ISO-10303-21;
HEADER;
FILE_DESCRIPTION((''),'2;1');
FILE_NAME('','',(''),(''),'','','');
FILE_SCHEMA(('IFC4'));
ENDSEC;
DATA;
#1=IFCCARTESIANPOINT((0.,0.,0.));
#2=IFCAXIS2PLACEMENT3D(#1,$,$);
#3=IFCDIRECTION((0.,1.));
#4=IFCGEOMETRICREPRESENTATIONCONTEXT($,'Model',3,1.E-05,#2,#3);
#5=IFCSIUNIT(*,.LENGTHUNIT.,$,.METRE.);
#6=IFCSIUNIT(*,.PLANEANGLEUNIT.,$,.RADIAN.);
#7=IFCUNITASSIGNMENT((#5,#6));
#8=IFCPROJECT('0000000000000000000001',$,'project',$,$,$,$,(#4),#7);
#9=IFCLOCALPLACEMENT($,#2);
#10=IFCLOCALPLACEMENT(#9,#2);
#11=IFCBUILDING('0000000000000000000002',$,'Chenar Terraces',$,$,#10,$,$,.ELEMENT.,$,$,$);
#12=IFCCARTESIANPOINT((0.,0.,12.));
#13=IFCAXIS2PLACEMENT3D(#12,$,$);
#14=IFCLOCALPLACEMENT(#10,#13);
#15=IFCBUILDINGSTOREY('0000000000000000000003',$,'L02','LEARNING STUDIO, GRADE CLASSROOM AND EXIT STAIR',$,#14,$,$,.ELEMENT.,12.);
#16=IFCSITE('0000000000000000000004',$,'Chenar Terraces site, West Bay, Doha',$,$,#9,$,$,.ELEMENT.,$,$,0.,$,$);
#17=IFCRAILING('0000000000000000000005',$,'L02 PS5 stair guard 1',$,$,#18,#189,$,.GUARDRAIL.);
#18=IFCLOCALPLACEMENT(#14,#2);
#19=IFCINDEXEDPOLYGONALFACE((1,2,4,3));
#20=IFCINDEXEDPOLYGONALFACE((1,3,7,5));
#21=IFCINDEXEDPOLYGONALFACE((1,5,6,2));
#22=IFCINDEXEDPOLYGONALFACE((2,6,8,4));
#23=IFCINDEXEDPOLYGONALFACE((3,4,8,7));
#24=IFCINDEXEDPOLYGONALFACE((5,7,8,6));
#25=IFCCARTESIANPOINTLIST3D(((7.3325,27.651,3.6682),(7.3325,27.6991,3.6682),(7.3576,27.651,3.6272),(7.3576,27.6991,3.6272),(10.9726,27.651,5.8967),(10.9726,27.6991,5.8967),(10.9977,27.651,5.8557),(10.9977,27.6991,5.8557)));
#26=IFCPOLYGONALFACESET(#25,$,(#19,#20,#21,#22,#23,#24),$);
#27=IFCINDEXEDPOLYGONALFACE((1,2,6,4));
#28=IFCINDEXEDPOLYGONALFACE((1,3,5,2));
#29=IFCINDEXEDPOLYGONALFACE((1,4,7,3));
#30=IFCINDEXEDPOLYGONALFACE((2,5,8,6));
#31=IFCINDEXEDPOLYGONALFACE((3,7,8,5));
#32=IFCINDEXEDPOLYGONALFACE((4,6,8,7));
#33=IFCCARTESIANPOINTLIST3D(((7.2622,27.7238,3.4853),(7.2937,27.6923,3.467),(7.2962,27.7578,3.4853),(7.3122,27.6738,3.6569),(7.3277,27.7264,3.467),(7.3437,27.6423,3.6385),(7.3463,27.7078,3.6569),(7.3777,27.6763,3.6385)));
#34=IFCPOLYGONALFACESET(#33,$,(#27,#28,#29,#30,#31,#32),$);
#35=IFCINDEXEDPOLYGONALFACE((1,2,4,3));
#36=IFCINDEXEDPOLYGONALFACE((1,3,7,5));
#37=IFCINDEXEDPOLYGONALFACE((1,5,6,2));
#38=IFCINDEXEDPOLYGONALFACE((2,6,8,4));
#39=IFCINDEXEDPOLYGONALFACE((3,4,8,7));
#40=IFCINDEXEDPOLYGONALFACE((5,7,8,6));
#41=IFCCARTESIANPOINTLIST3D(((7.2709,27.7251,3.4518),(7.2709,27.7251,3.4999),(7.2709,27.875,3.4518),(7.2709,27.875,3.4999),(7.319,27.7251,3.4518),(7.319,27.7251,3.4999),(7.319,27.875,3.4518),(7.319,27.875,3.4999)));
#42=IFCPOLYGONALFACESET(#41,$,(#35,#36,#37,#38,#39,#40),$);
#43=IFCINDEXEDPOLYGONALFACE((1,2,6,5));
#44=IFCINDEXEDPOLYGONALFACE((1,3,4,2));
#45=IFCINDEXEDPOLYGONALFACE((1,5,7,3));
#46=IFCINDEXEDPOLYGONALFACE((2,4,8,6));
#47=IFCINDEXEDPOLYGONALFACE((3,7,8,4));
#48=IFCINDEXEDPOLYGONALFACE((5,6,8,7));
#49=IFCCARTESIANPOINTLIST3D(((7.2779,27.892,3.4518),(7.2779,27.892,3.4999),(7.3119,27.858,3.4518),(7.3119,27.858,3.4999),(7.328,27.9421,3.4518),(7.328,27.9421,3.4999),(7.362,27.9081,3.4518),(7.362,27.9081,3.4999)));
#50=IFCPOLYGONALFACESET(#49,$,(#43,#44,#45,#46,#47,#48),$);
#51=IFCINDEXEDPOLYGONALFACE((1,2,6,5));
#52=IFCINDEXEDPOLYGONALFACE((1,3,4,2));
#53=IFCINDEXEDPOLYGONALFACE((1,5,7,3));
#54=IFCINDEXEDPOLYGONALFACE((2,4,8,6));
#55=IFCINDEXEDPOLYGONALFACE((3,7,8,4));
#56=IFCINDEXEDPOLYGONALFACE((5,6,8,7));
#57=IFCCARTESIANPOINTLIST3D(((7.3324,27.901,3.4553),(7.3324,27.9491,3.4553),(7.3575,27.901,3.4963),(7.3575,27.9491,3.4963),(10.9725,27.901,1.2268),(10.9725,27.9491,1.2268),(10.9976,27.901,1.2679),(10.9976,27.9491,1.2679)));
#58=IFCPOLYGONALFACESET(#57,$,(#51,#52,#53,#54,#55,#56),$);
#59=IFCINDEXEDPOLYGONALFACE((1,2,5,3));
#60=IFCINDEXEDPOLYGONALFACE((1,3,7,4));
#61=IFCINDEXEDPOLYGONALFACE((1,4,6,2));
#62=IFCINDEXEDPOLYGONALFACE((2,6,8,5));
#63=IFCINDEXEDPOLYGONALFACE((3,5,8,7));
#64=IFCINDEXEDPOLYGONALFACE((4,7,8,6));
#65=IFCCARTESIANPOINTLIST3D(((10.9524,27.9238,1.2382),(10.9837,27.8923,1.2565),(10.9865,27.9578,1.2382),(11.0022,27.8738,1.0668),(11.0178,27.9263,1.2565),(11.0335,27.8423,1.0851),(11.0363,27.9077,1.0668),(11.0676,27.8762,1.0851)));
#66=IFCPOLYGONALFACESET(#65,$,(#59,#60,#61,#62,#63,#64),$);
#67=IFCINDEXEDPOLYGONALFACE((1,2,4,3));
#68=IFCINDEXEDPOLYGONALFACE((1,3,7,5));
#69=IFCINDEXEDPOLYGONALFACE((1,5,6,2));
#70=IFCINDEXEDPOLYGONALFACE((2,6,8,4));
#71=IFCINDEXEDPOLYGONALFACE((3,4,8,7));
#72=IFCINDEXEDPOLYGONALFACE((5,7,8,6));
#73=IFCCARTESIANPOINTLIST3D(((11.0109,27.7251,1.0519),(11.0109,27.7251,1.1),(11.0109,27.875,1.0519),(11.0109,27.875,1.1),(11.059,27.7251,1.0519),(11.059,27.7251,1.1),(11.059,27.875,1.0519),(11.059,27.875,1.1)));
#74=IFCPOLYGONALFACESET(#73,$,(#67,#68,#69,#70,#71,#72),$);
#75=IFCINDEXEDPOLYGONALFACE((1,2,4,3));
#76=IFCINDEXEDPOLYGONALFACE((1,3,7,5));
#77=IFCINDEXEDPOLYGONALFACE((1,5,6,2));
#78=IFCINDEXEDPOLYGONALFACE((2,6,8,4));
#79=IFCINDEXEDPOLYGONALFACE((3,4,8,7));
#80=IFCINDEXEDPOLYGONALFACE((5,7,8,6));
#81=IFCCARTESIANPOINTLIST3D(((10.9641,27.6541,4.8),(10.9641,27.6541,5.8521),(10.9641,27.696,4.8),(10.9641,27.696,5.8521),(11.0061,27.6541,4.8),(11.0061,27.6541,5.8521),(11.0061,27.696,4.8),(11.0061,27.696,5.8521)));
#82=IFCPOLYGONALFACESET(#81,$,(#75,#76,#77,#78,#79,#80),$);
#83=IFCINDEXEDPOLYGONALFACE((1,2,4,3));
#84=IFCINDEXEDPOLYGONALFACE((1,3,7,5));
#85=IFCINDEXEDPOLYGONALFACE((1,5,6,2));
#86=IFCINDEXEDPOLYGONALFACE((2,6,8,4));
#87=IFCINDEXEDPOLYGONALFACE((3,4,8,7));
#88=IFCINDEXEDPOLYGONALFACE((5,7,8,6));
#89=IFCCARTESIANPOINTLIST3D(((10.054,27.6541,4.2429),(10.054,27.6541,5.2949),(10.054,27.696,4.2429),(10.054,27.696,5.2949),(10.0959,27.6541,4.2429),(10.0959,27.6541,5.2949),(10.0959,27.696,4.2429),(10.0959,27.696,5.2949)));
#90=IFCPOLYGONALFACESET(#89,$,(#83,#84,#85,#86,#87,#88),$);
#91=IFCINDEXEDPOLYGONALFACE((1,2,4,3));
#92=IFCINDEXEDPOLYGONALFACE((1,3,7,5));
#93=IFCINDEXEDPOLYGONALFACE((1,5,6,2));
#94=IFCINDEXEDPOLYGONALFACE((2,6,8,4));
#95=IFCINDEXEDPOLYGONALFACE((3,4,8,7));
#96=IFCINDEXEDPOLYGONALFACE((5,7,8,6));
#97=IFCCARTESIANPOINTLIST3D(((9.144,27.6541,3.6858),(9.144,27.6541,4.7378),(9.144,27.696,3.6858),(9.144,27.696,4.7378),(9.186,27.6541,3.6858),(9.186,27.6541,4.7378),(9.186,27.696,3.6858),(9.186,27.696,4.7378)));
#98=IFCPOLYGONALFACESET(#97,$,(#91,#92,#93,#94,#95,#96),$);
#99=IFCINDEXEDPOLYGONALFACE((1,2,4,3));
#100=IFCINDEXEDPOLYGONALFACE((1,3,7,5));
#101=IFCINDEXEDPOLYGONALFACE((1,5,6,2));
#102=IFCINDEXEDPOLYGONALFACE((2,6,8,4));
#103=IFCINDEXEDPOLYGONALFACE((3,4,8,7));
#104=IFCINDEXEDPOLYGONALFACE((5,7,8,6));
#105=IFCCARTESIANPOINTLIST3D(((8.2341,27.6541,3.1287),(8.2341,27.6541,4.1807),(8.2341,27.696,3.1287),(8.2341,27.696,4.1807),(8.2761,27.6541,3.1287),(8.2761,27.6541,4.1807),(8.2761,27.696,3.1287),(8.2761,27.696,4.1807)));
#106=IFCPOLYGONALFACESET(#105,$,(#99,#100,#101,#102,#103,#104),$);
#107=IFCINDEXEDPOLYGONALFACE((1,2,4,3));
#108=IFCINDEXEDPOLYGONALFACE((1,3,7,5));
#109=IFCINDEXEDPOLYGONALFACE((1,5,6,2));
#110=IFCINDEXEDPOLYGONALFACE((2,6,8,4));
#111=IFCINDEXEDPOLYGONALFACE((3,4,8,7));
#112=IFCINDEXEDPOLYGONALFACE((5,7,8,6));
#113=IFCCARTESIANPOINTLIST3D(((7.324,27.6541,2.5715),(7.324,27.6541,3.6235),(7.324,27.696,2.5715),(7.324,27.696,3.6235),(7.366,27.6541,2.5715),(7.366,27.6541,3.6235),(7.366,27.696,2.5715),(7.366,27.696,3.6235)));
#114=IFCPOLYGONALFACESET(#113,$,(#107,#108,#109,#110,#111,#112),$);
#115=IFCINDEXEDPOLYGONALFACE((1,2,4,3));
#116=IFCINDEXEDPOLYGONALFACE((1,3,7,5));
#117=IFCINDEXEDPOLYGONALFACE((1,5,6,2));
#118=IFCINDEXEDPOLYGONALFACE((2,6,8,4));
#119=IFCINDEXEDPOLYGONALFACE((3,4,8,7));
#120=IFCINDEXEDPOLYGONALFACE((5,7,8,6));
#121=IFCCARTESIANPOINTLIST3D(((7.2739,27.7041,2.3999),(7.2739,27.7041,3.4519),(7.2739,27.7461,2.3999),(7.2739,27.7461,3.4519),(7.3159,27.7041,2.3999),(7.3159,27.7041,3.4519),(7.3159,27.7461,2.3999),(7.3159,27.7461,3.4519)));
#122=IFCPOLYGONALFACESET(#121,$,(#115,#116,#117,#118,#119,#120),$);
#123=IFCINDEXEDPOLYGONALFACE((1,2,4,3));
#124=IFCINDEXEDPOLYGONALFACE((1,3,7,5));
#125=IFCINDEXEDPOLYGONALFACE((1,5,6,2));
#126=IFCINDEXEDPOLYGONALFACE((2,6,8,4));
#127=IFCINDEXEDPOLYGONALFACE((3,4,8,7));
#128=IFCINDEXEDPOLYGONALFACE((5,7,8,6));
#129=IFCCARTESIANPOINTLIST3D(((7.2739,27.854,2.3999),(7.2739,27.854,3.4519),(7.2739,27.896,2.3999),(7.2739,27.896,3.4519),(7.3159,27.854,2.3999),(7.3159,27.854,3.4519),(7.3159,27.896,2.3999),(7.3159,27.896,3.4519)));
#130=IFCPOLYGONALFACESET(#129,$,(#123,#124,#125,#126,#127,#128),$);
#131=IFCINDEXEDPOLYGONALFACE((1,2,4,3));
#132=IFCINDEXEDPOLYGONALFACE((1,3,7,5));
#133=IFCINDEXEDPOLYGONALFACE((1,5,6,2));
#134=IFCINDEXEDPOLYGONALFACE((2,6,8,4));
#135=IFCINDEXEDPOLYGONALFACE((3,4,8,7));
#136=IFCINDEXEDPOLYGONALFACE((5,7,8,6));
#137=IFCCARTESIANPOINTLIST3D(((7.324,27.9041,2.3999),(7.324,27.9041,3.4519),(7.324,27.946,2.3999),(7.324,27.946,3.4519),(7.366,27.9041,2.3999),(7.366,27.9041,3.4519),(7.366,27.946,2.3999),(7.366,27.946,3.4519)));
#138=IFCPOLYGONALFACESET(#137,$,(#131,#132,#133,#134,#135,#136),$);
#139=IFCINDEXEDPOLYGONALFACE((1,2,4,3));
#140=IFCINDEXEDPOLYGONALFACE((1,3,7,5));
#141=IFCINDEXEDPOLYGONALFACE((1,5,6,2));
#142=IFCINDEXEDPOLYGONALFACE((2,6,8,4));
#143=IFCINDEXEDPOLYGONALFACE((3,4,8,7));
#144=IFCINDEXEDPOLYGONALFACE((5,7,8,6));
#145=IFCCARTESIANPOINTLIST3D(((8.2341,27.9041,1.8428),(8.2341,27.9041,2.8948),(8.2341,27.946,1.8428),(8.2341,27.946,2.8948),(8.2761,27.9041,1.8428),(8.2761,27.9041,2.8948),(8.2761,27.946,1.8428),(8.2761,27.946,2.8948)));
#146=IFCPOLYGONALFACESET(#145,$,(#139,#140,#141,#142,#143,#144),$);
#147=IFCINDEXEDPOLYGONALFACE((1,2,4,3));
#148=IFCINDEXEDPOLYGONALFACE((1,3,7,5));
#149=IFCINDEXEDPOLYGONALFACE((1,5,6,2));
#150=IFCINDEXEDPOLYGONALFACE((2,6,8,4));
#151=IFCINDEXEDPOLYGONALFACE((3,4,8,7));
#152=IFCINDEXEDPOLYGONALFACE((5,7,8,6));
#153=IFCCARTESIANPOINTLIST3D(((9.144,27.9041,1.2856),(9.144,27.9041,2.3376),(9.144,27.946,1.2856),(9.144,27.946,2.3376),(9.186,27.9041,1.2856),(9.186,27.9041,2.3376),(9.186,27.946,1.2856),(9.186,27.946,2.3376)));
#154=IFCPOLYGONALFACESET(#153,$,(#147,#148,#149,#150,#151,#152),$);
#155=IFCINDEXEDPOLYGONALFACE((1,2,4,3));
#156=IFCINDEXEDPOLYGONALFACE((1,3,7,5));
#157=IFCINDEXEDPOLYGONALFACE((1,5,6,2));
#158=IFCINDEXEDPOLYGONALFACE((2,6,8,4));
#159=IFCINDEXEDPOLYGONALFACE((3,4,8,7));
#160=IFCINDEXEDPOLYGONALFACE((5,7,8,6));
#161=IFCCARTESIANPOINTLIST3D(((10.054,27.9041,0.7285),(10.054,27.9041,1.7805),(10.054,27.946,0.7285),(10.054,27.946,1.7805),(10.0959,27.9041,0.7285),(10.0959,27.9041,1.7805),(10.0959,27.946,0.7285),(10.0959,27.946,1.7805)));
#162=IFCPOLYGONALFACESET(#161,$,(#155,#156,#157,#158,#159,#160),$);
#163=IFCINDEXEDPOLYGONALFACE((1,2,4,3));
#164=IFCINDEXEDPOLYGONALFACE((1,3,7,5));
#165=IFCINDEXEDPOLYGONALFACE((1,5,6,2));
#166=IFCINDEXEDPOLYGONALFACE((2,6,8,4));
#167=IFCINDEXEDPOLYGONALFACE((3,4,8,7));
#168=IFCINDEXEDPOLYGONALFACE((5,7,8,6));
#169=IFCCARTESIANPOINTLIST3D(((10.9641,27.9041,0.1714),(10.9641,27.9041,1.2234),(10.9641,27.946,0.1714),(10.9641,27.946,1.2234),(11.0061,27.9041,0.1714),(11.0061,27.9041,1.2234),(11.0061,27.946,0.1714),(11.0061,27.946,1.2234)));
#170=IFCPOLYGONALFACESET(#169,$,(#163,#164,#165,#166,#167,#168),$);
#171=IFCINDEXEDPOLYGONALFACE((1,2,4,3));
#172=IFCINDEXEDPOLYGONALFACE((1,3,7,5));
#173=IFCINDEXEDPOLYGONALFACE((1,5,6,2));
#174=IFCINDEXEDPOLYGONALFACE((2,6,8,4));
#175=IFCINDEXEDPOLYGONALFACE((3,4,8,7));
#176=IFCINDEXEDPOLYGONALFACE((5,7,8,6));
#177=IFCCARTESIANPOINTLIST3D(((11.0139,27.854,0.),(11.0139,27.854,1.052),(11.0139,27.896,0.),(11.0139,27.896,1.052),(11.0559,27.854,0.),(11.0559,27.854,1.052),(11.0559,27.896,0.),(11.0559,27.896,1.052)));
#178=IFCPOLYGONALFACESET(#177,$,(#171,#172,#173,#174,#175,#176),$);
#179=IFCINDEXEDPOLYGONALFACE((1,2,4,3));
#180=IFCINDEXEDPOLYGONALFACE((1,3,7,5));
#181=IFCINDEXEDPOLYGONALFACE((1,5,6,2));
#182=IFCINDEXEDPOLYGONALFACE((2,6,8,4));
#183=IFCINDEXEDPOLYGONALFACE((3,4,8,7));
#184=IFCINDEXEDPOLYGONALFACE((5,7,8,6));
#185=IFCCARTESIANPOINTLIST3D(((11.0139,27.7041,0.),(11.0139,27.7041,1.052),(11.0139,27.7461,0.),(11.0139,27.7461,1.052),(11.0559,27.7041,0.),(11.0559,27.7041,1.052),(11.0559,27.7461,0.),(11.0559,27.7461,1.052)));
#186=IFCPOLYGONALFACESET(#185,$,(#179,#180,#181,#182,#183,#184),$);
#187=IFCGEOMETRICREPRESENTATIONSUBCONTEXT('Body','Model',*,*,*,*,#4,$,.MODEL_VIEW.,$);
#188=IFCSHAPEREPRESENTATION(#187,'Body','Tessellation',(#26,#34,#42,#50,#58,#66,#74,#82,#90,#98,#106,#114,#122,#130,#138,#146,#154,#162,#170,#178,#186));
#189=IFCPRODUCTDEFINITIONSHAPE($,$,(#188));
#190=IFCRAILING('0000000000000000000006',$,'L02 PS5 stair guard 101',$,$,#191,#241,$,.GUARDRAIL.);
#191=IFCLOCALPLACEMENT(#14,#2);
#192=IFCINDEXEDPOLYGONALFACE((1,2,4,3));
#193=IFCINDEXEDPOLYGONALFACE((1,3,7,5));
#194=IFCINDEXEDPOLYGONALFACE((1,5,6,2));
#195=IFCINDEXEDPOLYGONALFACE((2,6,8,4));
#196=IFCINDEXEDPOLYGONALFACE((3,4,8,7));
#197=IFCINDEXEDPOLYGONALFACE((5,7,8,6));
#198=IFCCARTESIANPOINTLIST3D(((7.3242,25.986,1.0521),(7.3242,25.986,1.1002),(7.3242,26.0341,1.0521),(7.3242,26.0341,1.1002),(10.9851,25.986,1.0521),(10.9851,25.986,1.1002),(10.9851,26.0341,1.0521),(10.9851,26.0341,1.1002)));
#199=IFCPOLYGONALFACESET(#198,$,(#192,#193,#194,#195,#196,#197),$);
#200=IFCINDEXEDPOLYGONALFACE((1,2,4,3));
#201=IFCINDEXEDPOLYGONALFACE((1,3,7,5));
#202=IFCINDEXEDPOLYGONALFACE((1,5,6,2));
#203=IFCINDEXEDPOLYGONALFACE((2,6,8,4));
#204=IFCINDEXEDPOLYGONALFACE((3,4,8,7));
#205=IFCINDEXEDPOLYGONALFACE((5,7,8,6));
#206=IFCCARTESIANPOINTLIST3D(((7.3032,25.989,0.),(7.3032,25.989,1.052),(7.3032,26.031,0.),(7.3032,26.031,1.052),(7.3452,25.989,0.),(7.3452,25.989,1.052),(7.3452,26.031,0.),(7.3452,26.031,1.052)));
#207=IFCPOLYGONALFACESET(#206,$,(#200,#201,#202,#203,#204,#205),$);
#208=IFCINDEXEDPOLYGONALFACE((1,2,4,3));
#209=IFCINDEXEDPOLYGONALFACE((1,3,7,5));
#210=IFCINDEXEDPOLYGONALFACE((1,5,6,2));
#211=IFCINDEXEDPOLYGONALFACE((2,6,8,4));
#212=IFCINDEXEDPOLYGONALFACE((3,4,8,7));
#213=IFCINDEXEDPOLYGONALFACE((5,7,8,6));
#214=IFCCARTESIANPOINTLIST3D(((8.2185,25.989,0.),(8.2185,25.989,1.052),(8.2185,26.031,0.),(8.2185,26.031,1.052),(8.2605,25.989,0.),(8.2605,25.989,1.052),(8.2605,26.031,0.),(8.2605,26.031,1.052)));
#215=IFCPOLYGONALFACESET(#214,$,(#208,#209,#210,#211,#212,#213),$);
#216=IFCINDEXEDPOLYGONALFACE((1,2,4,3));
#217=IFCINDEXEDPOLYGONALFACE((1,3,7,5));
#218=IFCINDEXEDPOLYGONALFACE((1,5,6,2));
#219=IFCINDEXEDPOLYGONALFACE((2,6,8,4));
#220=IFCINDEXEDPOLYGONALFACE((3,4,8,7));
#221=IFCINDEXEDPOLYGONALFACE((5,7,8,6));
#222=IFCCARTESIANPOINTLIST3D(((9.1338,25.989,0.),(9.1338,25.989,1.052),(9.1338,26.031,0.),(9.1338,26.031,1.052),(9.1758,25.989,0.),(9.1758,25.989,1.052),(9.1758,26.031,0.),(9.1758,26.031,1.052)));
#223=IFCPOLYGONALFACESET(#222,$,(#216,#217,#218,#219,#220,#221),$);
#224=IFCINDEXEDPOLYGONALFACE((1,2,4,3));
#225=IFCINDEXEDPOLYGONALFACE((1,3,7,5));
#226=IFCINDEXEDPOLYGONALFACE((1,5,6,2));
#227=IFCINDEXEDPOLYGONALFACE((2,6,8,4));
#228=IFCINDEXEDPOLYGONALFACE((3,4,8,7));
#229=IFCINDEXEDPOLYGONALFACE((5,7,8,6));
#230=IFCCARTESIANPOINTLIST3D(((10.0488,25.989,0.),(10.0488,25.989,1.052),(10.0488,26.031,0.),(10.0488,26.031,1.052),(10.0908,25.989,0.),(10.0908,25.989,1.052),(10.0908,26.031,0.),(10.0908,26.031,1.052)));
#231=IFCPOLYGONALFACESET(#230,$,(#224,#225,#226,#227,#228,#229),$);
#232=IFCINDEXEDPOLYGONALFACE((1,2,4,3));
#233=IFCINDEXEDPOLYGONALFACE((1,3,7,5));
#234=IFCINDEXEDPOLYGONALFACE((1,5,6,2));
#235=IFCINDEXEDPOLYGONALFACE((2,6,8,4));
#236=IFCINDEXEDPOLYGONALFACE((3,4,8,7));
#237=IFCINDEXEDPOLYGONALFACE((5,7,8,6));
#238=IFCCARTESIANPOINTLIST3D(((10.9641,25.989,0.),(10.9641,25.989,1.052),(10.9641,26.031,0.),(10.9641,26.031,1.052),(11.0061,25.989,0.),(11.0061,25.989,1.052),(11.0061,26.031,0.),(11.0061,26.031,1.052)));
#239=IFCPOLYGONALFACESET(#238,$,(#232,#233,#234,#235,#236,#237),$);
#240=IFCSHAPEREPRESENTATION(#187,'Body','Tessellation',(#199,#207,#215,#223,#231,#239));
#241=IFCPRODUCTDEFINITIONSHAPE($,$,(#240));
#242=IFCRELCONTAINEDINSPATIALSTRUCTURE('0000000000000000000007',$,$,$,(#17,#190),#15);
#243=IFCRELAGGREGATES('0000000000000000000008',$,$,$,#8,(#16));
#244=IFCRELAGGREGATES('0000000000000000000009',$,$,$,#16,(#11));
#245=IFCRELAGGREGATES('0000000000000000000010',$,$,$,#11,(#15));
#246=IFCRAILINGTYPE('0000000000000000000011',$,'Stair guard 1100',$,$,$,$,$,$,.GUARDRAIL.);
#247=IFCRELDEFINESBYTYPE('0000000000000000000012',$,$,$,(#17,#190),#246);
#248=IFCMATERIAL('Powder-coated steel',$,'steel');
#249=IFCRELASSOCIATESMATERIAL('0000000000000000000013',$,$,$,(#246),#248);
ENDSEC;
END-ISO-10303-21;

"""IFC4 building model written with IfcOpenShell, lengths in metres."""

from ifc_helpers import new_model, si_unit, direction, frame, origin, origin_2d, place, context, subcontext, project, spatial, rectangle, extrude, material, type_object, element, save


model = new_model("IFC4")

# Units and contexts
model_context = context("Model", 3, precision=1e-05, world=origin(), true_north=direction((0.0, 1.0)))
body_context = subcontext(model_context, "Body", "Model", "MODEL_VIEW")
ifc_project = project(units=[si_unit("LENGTHUNIT", "METRE"), si_unit("PLANEANGLEUNIT", "RADIAN")], contexts=[model_context])

# Site, building, storey
site_placement = place(None, origin())
site = spatial("IfcSite", under=ifc_project, at=site_placement, Name="Chenar Terraces site, West Bay, Doha", CompositionType="ELEMENT", RefElevation=0.0)
building_placement = place(site_placement, origin())
building = spatial("IfcBuilding", under=site, at=building_placement, Name="Chenar Terraces", CompositionType="ELEMENT")
storey_placement = place(building_placement, frame((0.0, 0.0, 12.0)))
storey = spatial("IfcBuildingStorey", under=building, at=storey_placement, Name="L02", Description="LEARNING STUDIO, GRADE CLASSROOM AND EXIT STAIR", CompositionType="ELEMENT", Elevation=12.0)

# Railings
ifc_material_1 = material(Name="Powder-coated steel", Category="steel")
railing_type_1 = type_object("IfcRailingType", Name="Stair guard 1100", PredefinedType="GUARDRAIL", material=ifc_material_1)
railing_1_placement = place(storey_placement, frame((10.9851, 27.675, 4.8)))
element("IfcRailing", 1, at=railing_1_placement, inside=storey, type_object=railing_type_1, Name="L02 PS5 stair guard 1", PredefinedType="GUARDRAIL", context=body_context, shape_type="SweptSolid", body=[
    extrude(rectangle(XDim=0.0481, YDim=0.0481, at=origin_2d()), frame((0.0, 0.0, 1.0762), z_axis=(-0.852866, 0.0, -0.52213), x_axis=(0.0, -1.0, 0.0)), (0.0, 0.0, 1.0), 4.2681),
    extrude(rectangle(XDim=0.0481, YDim=0.0481, at=origin_2d()), frame((-3.6401, 0.0, -1.1523), z_axis=(-0.269583, 0.269583, -0.924473), x_axis=(-0.707107, -0.707107, 0.0)), (0.0, 0.0, 1.0), 0.1855),
    extrude(rectangle(XDim=0.0481, YDim=0.0481, at=origin_2d()), frame((-3.6902, 0.05, -1.3242), z_axis=(0.0, 1.0, 0.0), x_axis=(-1.0, 0.0, 0.0)), (0.0, 0.0, 1.0), 0.1499),
    extrude(rectangle(XDim=0.0481, YDim=0.0481, at=origin_2d()), frame((-3.6902, 0.2, -1.3242), z_axis=(0.707107, 0.707107, 0.0), x_axis=(-0.707107, 0.707107, 0.0)), (0.0, 0.0, 1.0), 0.0708),
    extrude(rectangle(XDim=0.0481, YDim=0.0481, at=origin_2d()), frame((-3.6401, 0.25, -1.3242), z_axis=(0.852866, 0.0, -0.52213), x_axis=(0.0, 1.0, 0.0)), (0.0, 0.0, 1.0), 4.2681),
    extrude(rectangle(XDim=0.0481, YDim=0.0481, at=origin_2d()), frame((0.0, 0.25, -3.5527), z_axis=(0.26869, -0.270007, -0.924609), x_axis=(0.708834, 0.705376, 0.0)), (0.0, 0.0, 1.0), 0.1853),
    extrude(rectangle(XDim=0.0481, YDim=0.0481, at=origin_2d()), frame((0.0498, 0.2, -3.7241), z_axis=(0.0, -1.0, 0.0), x_axis=(1.0, 0.0, 0.0)), (0.0, 0.0, 1.0), 0.1499),
    extrude(rectangle(XDim=0.042, YDim=0.042, at=origin_2d()), origin(), (0.0, 0.0, 1.0), 1.052),
    extrude(rectangle(XDim=0.042, YDim=0.042, at=origin_2d()), frame((-0.9102, 0.0, -0.5571)), (0.0, 0.0, 1.0), 1.052),
    extrude(rectangle(XDim=0.042, YDim=0.042, at=origin_2d()), frame((-1.8201, 0.0, -1.1143)), (0.0, 0.0, 1.0), 1.052),
    extrude(rectangle(XDim=0.042, YDim=0.042, at=origin_2d()), frame((-2.73, 0.0, -1.6714)), (0.0, 0.0, 1.0), 1.052),
    extrude(rectangle(XDim=0.042, YDim=0.042, at=origin_2d()), frame((-3.6401, 0.0, -2.2285)), (0.0, 0.0, 1.0), 1.052),
    extrude(rectangle(XDim=0.042, YDim=0.042, at=origin_2d()), frame((-3.6902, 0.05, -2.4001)), (0.0, 0.0, 1.0), 1.052),
    extrude(rectangle(XDim=0.042, YDim=0.042, at=origin_2d()), frame((-3.6902, 0.2, -2.4001)), (0.0, 0.0, 1.0), 1.052),
    extrude(rectangle(XDim=0.042, YDim=0.042, at=origin_2d()), frame((-3.6401, 0.25, -2.4001)), (0.0, 0.0, 1.0), 1.052),
    extrude(rectangle(XDim=0.042, YDim=0.042, at=origin_2d()), frame((-2.73, 0.25, -2.9573)), (0.0, 0.0, 1.0), 1.052),
    extrude(rectangle(XDim=0.042, YDim=0.042, at=origin_2d()), frame((-1.8201, 0.25, -3.5144)), (0.0, 0.0, 1.0), 1.052),
    extrude(rectangle(XDim=0.042, YDim=0.042, at=origin_2d()), frame((-0.9102, 0.25, -4.0715)), (0.0, 0.0, 1.0), 1.052),
    extrude(rectangle(XDim=0.042, YDim=0.042, at=origin_2d()), frame((0.0, 0.25, -4.6287)), (0.0, 0.0, 1.0), 1.052),
    extrude(rectangle(XDim=0.042, YDim=0.042, at=origin_2d()), frame((0.0498, 0.2, -4.8)), (0.0, 0.0, 1.0), 1.052),
    extrude(rectangle(XDim=0.042, YDim=0.042, at=origin_2d()), frame((0.0498, 0.05, -4.8)), (0.0, 0.0, 1.0), 1.052),
])
railing_2_placement = place(storey_placement, frame((7.3242, 26.01, 0.0)))
element("IfcRailing", 2, at=railing_2_placement, inside=storey, type_object=railing_type_1, Name="L02 PS5 stair guard 101", PredefinedType="GUARDRAIL", context=body_context, shape_type="SweptSolid", body=[
    extrude(rectangle(XDim=0.0481, YDim=0.0481, at=origin_2d()), frame((0.0, 0.0, 1.0762), z_axis=(1.0, 0.0, 0.0), x_axis=(0.0, 1.0, 0.0)), (0.0, 0.0, 1.0), 3.6609),
    extrude(rectangle(XDim=0.042, YDim=0.042, at=origin_2d()), origin(), (0.0, 0.0, 1.0), 1.052),
    extrude(rectangle(XDim=0.042, YDim=0.042, at=origin_2d()), frame((0.9153, 0.0, 0.0)), (0.0, 0.0, 1.0), 1.052),
    extrude(rectangle(XDim=0.042, YDim=0.042, at=origin_2d()), frame((1.8306, 0.0, 0.0)), (0.0, 0.0, 1.0), 1.052),
    extrude(rectangle(XDim=0.042, YDim=0.042, at=origin_2d()), frame((2.7456, 0.0, 0.0)), (0.0, 0.0, 1.0), 1.052),
    extrude(rectangle(XDim=0.042, YDim=0.042, at=origin_2d()), frame((3.6609, 0.0, 0.0)), (0.0, 0.0, 1.0), 1.052),
])

save(model, "model.ifc")
